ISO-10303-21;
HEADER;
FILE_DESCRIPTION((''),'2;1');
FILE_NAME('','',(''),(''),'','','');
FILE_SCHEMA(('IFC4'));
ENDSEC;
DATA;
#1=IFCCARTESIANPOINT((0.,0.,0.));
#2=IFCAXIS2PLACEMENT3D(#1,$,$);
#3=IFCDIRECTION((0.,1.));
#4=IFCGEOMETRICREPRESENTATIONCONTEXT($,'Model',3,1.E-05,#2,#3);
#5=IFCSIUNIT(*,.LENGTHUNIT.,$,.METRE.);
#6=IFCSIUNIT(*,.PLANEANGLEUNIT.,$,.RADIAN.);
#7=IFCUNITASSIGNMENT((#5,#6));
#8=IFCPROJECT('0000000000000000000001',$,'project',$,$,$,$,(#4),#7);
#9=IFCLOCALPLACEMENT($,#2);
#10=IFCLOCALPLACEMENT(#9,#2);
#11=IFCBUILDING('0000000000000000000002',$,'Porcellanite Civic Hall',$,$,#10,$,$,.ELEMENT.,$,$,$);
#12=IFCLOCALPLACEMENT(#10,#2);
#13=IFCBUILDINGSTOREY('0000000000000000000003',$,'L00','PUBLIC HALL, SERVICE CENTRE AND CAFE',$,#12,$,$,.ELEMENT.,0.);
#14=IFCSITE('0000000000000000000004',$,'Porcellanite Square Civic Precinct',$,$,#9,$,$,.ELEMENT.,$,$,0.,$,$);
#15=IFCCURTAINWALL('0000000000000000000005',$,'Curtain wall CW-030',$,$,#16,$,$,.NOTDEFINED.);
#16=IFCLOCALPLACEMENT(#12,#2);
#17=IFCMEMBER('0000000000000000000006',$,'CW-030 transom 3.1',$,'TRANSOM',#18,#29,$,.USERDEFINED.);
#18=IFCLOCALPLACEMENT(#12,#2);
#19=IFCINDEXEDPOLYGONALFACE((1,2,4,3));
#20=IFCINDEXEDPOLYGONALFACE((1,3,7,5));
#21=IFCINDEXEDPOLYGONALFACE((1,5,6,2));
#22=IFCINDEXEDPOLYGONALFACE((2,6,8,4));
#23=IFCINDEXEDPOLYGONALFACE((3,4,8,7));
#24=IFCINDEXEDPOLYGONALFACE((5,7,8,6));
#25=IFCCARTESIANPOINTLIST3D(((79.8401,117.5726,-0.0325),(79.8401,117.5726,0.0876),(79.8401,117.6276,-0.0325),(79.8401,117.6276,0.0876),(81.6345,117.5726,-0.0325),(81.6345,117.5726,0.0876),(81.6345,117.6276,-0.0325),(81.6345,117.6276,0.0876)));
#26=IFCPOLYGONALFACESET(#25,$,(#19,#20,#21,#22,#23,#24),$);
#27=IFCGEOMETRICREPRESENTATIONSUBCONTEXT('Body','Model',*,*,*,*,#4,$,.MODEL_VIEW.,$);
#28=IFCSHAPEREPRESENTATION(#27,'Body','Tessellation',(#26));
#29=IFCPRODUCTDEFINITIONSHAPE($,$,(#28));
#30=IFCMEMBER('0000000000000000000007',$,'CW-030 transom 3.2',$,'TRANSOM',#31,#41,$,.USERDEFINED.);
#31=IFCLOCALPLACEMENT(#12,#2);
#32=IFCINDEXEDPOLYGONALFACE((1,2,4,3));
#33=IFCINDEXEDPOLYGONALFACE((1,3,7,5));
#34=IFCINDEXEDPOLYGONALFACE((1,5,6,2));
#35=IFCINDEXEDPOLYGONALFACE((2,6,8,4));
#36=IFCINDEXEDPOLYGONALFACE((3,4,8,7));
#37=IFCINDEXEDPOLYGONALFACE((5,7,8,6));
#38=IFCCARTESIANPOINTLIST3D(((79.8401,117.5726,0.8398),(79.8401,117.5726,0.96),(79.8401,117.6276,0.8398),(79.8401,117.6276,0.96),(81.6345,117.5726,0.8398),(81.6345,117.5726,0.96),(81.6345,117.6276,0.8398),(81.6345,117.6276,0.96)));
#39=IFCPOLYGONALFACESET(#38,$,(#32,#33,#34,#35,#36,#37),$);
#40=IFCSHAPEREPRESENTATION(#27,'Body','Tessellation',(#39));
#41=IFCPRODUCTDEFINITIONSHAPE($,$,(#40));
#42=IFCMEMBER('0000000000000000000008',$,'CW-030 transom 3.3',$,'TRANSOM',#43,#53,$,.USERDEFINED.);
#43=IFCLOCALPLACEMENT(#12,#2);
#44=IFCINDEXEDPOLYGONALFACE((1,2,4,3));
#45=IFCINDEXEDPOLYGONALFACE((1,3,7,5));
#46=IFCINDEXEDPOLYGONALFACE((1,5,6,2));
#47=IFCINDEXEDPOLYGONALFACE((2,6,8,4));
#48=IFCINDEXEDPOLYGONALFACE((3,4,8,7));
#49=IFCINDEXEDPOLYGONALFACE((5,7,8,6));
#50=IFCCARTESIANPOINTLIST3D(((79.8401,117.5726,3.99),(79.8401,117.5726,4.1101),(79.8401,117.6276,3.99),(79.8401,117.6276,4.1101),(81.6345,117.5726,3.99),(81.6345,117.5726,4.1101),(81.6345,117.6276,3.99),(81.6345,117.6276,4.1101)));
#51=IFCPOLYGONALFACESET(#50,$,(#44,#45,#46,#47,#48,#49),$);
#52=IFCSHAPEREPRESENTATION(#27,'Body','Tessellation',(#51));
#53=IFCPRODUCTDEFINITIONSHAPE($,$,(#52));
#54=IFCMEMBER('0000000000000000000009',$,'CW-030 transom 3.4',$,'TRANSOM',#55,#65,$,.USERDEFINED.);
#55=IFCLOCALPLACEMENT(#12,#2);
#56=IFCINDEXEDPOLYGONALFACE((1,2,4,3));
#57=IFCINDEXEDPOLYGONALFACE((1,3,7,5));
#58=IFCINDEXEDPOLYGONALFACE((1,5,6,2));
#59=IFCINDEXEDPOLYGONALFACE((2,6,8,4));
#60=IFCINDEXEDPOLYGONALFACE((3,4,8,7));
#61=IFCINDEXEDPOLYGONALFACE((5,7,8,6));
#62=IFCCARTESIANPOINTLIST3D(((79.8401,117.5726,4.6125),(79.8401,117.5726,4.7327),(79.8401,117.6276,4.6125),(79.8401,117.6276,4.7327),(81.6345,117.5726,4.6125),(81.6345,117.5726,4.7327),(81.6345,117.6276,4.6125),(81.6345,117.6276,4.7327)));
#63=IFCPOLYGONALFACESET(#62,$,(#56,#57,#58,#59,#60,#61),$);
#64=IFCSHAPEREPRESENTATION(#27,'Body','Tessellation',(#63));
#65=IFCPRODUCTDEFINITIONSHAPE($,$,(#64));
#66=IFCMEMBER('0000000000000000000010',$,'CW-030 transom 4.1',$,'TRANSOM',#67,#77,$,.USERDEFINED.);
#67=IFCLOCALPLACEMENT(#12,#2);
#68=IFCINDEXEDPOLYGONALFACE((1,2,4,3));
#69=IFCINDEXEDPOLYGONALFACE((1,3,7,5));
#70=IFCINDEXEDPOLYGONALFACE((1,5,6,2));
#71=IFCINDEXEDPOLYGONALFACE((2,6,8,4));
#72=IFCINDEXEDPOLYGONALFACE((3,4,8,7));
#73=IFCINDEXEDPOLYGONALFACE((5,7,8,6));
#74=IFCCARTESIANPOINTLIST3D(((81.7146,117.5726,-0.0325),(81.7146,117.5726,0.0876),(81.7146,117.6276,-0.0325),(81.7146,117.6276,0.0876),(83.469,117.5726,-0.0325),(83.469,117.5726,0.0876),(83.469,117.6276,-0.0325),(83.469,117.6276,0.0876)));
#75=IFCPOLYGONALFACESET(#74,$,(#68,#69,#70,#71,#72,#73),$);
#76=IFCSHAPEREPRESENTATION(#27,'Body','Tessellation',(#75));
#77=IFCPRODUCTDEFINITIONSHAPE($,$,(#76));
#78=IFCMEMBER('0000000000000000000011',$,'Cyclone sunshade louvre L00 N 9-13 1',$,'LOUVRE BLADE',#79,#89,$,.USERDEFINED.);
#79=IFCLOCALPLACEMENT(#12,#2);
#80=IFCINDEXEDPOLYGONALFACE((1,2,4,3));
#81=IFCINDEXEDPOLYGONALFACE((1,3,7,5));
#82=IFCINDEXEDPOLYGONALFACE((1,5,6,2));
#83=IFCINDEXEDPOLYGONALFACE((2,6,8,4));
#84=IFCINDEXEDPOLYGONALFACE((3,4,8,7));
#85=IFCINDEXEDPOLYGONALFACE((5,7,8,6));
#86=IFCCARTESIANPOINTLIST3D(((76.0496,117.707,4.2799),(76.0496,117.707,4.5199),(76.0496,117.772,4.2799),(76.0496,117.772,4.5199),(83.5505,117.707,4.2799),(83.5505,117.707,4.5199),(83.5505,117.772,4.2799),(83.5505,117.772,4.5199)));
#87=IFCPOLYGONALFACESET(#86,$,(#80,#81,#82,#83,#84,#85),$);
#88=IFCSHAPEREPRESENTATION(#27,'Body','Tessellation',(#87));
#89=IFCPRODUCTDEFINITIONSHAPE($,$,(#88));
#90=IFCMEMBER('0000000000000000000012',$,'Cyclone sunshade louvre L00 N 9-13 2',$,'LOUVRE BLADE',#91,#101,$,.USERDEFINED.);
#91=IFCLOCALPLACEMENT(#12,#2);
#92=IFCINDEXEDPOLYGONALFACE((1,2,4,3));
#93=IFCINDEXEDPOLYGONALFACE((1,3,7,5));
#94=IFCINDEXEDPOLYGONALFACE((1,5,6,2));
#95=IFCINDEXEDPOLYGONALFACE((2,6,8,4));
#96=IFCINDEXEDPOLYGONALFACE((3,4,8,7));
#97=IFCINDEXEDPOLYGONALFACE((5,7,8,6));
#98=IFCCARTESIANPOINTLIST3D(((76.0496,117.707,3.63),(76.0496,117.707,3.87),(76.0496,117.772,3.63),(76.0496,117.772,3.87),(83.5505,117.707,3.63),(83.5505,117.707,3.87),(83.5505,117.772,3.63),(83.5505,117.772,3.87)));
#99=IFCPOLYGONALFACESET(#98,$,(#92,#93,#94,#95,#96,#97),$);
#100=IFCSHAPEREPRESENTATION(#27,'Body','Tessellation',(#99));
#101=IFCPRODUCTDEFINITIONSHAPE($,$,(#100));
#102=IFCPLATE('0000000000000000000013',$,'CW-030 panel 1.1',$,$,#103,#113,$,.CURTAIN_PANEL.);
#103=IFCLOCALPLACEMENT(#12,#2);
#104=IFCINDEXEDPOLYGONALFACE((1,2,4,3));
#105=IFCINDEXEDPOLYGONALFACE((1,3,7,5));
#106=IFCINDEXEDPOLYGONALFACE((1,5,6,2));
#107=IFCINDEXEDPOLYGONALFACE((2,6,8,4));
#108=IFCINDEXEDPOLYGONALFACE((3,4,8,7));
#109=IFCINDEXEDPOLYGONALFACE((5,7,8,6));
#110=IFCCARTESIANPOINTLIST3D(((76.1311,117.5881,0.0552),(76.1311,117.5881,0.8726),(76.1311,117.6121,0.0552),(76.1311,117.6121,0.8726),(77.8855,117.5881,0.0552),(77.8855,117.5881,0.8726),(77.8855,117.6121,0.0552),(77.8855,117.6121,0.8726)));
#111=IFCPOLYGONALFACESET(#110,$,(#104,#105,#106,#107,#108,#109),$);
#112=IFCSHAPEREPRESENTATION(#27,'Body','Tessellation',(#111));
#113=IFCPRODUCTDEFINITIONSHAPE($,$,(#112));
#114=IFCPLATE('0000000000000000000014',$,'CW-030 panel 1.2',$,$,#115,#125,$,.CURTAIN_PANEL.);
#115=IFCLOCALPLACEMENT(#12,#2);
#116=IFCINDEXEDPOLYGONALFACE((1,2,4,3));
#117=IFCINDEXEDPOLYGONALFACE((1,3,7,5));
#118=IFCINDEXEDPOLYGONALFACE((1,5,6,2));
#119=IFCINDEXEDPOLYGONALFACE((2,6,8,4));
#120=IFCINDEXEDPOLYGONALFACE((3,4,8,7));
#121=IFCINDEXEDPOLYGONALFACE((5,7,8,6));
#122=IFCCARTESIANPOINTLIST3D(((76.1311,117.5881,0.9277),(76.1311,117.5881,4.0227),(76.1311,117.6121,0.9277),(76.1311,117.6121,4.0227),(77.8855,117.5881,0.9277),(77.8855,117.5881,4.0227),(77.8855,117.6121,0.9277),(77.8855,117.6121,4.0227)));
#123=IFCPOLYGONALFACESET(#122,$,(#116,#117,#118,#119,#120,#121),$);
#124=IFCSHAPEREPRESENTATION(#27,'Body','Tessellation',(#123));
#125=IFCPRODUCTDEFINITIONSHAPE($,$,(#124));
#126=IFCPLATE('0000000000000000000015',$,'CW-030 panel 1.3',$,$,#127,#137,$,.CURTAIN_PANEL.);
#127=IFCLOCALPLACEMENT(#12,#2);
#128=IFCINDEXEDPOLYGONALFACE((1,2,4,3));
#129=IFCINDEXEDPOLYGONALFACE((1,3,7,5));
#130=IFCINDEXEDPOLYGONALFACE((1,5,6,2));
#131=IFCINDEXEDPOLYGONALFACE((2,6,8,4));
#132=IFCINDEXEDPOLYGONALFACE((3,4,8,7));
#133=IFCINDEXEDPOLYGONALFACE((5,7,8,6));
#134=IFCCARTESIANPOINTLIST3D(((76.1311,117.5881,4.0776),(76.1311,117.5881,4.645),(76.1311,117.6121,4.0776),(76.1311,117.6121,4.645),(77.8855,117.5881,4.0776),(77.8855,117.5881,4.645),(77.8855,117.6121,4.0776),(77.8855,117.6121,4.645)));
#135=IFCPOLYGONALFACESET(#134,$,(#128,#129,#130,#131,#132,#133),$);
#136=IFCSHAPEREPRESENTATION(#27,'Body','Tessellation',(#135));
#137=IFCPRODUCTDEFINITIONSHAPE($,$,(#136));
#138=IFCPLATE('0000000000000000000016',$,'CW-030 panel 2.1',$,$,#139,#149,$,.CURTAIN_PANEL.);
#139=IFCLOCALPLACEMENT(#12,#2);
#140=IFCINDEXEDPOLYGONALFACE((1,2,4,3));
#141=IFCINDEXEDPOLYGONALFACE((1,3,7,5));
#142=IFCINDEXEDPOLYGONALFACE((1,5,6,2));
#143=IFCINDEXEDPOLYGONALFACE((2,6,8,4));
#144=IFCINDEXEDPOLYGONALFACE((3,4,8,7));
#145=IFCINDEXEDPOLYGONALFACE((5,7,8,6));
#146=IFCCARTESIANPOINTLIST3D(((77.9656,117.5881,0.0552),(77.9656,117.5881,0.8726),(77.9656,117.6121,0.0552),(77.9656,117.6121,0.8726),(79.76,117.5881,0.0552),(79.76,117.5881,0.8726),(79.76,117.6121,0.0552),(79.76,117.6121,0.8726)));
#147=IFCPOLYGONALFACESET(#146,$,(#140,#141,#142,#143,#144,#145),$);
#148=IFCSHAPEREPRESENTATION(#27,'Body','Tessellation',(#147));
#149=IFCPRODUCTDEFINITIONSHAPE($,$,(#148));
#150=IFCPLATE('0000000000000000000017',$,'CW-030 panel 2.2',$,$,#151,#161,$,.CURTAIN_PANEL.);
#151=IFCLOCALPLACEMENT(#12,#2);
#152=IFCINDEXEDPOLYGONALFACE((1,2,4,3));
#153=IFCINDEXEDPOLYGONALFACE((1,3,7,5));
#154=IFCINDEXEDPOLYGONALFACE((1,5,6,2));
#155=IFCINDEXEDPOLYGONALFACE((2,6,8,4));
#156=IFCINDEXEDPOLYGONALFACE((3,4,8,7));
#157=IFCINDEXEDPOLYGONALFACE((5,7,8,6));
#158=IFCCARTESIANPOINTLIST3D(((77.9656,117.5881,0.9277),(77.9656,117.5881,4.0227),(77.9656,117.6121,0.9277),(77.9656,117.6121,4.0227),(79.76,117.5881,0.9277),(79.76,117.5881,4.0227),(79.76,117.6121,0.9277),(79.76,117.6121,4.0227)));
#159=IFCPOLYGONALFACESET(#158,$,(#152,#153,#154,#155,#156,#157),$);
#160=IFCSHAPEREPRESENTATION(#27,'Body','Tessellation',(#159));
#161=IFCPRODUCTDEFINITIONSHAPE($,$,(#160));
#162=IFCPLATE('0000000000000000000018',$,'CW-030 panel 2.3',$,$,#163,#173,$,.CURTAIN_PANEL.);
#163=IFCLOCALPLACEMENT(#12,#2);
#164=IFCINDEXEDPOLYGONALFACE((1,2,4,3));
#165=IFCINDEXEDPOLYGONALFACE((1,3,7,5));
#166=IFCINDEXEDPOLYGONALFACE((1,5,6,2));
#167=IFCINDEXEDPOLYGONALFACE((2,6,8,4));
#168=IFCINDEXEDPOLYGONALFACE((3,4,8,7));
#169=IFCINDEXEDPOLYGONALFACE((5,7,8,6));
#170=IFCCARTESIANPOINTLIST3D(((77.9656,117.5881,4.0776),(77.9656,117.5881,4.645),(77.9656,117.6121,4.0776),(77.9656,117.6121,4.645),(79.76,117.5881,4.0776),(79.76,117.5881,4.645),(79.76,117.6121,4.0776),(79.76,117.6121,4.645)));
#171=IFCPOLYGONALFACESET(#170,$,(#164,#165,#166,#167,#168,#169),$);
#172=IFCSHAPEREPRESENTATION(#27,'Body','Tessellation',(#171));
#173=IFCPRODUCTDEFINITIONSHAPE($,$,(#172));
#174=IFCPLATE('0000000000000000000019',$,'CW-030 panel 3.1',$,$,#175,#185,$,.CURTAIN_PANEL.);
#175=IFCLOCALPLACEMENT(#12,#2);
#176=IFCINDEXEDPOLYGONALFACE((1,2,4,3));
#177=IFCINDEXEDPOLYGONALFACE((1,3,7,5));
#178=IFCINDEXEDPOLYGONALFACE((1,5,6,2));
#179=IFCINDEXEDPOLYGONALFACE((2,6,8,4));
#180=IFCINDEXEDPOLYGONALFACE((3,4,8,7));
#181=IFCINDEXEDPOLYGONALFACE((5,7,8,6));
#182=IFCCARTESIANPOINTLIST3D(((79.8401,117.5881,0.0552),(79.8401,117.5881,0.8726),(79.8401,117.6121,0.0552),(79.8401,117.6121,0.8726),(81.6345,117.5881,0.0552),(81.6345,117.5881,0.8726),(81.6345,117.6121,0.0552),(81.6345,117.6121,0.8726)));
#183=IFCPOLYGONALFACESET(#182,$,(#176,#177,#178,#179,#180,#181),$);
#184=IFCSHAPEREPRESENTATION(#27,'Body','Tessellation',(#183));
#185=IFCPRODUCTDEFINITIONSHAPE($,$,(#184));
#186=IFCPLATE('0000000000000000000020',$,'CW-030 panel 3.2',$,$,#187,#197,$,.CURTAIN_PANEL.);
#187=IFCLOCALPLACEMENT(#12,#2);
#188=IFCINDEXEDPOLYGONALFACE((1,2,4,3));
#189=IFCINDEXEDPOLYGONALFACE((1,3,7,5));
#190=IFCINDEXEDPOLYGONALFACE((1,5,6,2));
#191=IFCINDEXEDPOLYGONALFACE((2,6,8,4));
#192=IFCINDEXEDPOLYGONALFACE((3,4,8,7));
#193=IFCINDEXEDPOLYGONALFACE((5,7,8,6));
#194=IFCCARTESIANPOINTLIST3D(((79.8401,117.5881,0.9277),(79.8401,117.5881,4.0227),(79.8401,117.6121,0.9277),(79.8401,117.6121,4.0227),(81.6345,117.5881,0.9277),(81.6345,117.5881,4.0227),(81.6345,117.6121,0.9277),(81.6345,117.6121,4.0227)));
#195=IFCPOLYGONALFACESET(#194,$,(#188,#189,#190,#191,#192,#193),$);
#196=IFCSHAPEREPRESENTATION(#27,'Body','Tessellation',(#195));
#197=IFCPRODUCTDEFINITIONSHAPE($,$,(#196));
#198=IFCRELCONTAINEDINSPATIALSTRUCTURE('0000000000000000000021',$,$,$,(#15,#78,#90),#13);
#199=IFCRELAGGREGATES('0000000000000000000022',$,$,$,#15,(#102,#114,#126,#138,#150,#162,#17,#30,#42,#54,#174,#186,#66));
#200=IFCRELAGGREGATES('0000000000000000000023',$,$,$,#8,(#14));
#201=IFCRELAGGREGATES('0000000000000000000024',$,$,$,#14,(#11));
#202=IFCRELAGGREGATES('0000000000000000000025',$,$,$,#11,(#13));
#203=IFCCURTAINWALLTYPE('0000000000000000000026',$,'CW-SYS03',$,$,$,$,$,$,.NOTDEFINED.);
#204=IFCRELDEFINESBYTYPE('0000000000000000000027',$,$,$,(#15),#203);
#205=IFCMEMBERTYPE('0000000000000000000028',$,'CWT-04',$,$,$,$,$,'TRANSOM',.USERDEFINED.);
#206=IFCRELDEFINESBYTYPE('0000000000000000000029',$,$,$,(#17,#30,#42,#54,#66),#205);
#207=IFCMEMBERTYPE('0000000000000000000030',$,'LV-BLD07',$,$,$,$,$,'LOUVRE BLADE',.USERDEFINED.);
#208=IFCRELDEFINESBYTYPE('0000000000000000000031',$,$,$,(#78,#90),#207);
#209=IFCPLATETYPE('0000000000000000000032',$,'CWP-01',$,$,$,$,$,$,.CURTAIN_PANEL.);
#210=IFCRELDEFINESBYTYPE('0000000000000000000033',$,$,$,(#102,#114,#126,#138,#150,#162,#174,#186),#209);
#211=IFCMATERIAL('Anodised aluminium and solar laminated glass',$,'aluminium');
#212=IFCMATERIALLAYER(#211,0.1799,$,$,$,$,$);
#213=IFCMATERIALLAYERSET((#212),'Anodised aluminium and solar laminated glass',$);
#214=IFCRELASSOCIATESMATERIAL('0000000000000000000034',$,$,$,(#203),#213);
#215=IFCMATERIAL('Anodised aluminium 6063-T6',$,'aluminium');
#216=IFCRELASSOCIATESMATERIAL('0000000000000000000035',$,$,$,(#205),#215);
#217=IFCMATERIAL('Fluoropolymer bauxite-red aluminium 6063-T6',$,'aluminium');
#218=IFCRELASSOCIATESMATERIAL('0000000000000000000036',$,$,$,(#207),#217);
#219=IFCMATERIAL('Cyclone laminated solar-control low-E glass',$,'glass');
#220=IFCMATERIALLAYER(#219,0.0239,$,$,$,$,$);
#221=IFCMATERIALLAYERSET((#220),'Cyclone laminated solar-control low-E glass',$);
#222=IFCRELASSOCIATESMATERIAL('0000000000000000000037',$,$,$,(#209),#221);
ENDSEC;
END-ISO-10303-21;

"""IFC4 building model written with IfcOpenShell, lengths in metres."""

from ifc_helpers import new_model, si_unit, direction, frame, origin, origin_2d, place, context, subcontext, project, spatial, rectangle, extrude, material, layer, layer_set, material_profile, profile_set, type_object, element, aggregate, save


model = new_model("IFC4")

# Units and contexts
model_context = context("Model", 3, precision=1e-05, world=origin(), true_north=direction((0.0, 1.0)))
body_context = subcontext(model_context, "Body", "Model", "MODEL_VIEW")
ifc_project = project(units=[si_unit("LENGTHUNIT", "METRE"), si_unit("PLANEANGLEUNIT", "RADIAN")], contexts=[model_context])

# Site, building, storey
site_placement = place(None, origin())
site = spatial("IfcSite", under=ifc_project, at=site_placement, Name="Porcellanite Square Civic Precinct", CompositionType="ELEMENT", RefElevation=0.0)
building_placement = place(site_placement, origin())
building = spatial("IfcBuilding", under=site, at=building_placement, Name="Porcellanite Civic Hall", CompositionType="ELEMENT")
storey_placement = place(building_placement, origin())
storey = spatial("IfcBuildingStorey", under=building, at=storey_placement, Name="L00", Description="PUBLIC HALL, SERVICE CENTRE AND CAFE", CompositionType="ELEMENT", Elevation=0.0)

# Curtain wall, members
ifc_material_1 = material(Name="Anodised aluminium and solar laminated glass", Category="aluminium")
ifc_layer_1 = layer(ifc_material_1, 0.1799)
ifc_layer_set_1 = layer_set([ifc_layer_1], Name="Anodised aluminium and solar laminated glass")
curtain_wall_type = type_object("IfcCurtainWallType", Name="CW-SYS03", PredefinedType="NOTDEFINED", material=ifc_layer_set_1)
curtain_wall_placement = place(storey_placement, origin())
curtain_wall = element("IfcCurtainWall", 1, at=curtain_wall_placement, inside=storey, type_object=curtain_wall_type, Name="Curtain wall CW-030", PredefinedType="NOTDEFINED")
ifc_material_2 = material(Name="Anodised aluminium 6063-T6", Category="aluminium")
ifc_material_profile_1 = material_profile(ifc_material_2, rectangle(XDim=0.0549, YDim=0.1201, at=origin_2d()), Name="AL-55x120")
ifc_profile_set_1 = profile_set([ifc_material_profile_1], Name="Anodised aluminium 6063-T6")
member_type_1 = type_object("IfcMemberType", Name="CWT-04", ElementType="TRANSOM", PredefinedType="USERDEFINED", material=ifc_profile_set_1)
member_1_placement = place(storey_placement, frame((79.8401, 117.6001, 0.0276), z_axis=(1.0, 0.0, 0.0), x_axis=(0.0, 1.0, 0.0)))
member_1 = element("IfcMember", 2, at=member_1_placement, type_object=member_type_1, Name="CW-030 transom 3.1", ObjectType="TRANSOM", PredefinedType="USERDEFINED", context=body_context, shape_type="SweptSolid", body=[
    extrude(rectangle(XDim=0.0549, YDim=0.1201, at=origin_2d()), origin(), (0.0, 0.0, 1.0), 1.7944),
])
member_2_placement = place(storey_placement, frame((79.8401, 117.6001, 0.8999), z_axis=(1.0, 0.0, 0.0), x_axis=(0.0, 1.0, 0.0)))
member_2 = element("IfcMember", 3, at=member_2_placement, type_object=member_type_1, Name="CW-030 transom 3.2", ObjectType="TRANSOM", PredefinedType="USERDEFINED", context=body_context, shape_type="SweptSolid", body=[
    extrude(rectangle(XDim=0.0549, YDim=0.1201, at=origin_2d()), origin(), (0.0, 0.0, 1.0), 1.7944),
])
member_3_placement = place(storey_placement, frame((79.8401, 117.6001, 4.05), z_axis=(1.0, 0.0, 0.0), x_axis=(0.0, 1.0, 0.0)))
member_3 = element("IfcMember", 4, at=member_3_placement, type_object=member_type_1, Name="CW-030 transom 3.3", ObjectType="TRANSOM", PredefinedType="USERDEFINED", context=body_context, shape_type="SweptSolid", body=[
    extrude(rectangle(XDim=0.0549, YDim=0.1201, at=origin_2d()), origin(), (0.0, 0.0, 1.0), 1.7944),
])
member_4_placement = place(storey_placement, frame((79.8401, 117.6001, 4.6726), z_axis=(1.0, 0.0, 0.0), x_axis=(0.0, 1.0, 0.0)))
member_4 = element("IfcMember", 5, at=member_4_placement, type_object=member_type_1, Name="CW-030 transom 3.4", ObjectType="TRANSOM", PredefinedType="USERDEFINED", context=body_context, shape_type="SweptSolid", body=[
    extrude(rectangle(XDim=0.0549, YDim=0.1201, at=origin_2d()), origin(), (0.0, 0.0, 1.0), 1.7944),
])
member_5_placement = place(storey_placement, frame((81.7146, 117.6001, 0.0276), z_axis=(1.0, 0.0, 0.0), x_axis=(0.0, 1.0, 0.0)))
member_5 = element("IfcMember", 6, at=member_5_placement, type_object=member_type_1, Name="CW-030 transom 4.1", ObjectType="TRANSOM", PredefinedType="USERDEFINED", context=body_context, shape_type="SweptSolid", body=[
    extrude(rectangle(XDim=0.0549, YDim=0.1201, at=origin_2d()), origin(), (0.0, 0.0, 1.0), 1.7544),
])

# Members
ifc_material_3 = material(Name="Fluoropolymer bauxite-red aluminium 6063-T6", Category="aluminium")
ifc_material_profile_2 = material_profile(ifc_material_3, rectangle(XDim=0.0649, YDim=0.24, at=origin_2d()), Name="AL-65x240")
ifc_profile_set_2 = profile_set([ifc_material_profile_2], Name="Fluoropolymer bauxite-red aluminium 6063-T6")
member_type_2 = type_object("IfcMemberType", Name="LV-BLD07", ElementType="LOUVRE BLADE", PredefinedType="USERDEFINED", material=ifc_profile_set_2)
for number, where, z_axis, x_axis, name in (
    (7, (76.0496, 117.7395, 4.3999), (1.0, 0.0, 0.0), (0.0, 1.0, 0.0), "Cyclone sunshade louvre L00 N 9-13 1"),
    (8, (76.0496, 117.7395, 3.75), (1.0, 0.0, 0.0), (0.0, 1.0, 0.0), "Cyclone sunshade louvre L00 N 9-13 2"),
):
    element("IfcMember", number, at=place(storey_placement, frame(where, z_axis=z_axis, x_axis=x_axis)), inside=storey, type_object=member_type_2, Name=name, ObjectType="LOUVRE BLADE", PredefinedType="USERDEFINED", context=body_context, shape_type="SweptSolid", body=[
        extrude(rectangle(XDim=0.0649, YDim=0.24, at=origin_2d()), origin(), (0.0, 0.0, 1.0), 7.501),
    ])

# Plates
ifc_material_4 = material(Name="Cyclone laminated solar-control low-E glass", Category="glass")
ifc_layer_2 = layer(ifc_material_4, 0.0239)
ifc_layer_set_2 = layer_set([ifc_layer_2], Name="Cyclone laminated solar-control low-E glass")
plate_type = type_object("IfcPlateType", Name="CWP-01", PredefinedType="CURTAIN_PANEL", material=ifc_layer_set_2)
plate_1_placement = place(storey_placement, frame((77.0083, 117.6001, 0.0552), z_axis=(0.0, 0.0, 1.0), x_axis=(1.0, 0.0, 0.0)))
plate_1 = element("IfcPlate", 9, at=plate_1_placement, type_object=plate_type, Name="CW-030 panel 1.1", PredefinedType="CURTAIN_PANEL", context=body_context, shape_type="SweptSolid", body=[
    extrude(rectangle(XDim=1.7544, YDim=0.0239, at=origin_2d()), origin(), (0.0, 0.0, 1.0), 0.8174),
])
plate_2_placement = place(storey_placement, frame((77.0083, 117.6001, 0.9277), z_axis=(0.0, 0.0, 1.0), x_axis=(1.0, 0.0, 0.0)))
plate_2 = element("IfcPlate", 10, at=plate_2_placement, type_object=plate_type, Name="CW-030 panel 1.2", PredefinedType="CURTAIN_PANEL", context=body_context, shape_type="SweptSolid", body=[
    extrude(rectangle(XDim=1.7544, YDim=0.0239, at=origin_2d()), origin(), (0.0, 0.0, 1.0), 3.095),
])
plate_3_placement = place(storey_placement, frame((77.0083, 117.6001, 4.0776), z_axis=(0.0, 0.0, 1.0), x_axis=(1.0, 0.0, 0.0)))
plate_3 = element("IfcPlate", 11, at=plate_3_placement, type_object=plate_type, Name="CW-030 panel 1.3", PredefinedType="CURTAIN_PANEL", context=body_context, shape_type="SweptSolid", body=[
    extrude(rectangle(XDim=1.7544, YDim=0.0239, at=origin_2d()), origin(), (0.0, 0.0, 1.0), 0.5674),
])
plate_4_placement = place(storey_placement, frame((78.8628, 117.6001, 0.0552), z_axis=(0.0, 0.0, 1.0), x_axis=(1.0, 0.0, 0.0)))
plate_4 = element("IfcPlate", 12, at=plate_4_placement, type_object=plate_type, Name="CW-030 panel 2.1", PredefinedType="CURTAIN_PANEL", context=body_context, shape_type="SweptSolid", body=[
    extrude(rectangle(XDim=1.7944, YDim=0.0239, at=origin_2d()), origin(), (0.0, 0.0, 1.0), 0.8174),
])
plate_5_placement = place(storey_placement, frame((78.8628, 117.6001, 0.9277), z_axis=(0.0, 0.0, 1.0), x_axis=(1.0, 0.0, 0.0)))
plate_5 = element("IfcPlate", 13, at=plate_5_placement, type_object=plate_type, Name="CW-030 panel 2.2", PredefinedType="CURTAIN_PANEL", context=body_context, shape_type="SweptSolid", body=[
    extrude(rectangle(XDim=1.7944, YDim=0.0239, at=origin_2d()), origin(), (0.0, 0.0, 1.0), 3.095),
])
plate_6_placement = place(storey_placement, frame((78.8628, 117.6001, 4.0776), z_axis=(0.0, 0.0, 1.0), x_axis=(1.0, 0.0, 0.0)))
plate_6 = element("IfcPlate", 14, at=plate_6_placement, type_object=plate_type, Name="CW-030 panel 2.3", PredefinedType="CURTAIN_PANEL", context=body_context, shape_type="SweptSolid", body=[
    extrude(rectangle(XDim=1.7944, YDim=0.0239, at=origin_2d()), origin(), (0.0, 0.0, 1.0), 0.5674),
])
plate_7_placement = place(storey_placement, frame((80.7373, 117.6001, 0.0552), z_axis=(0.0, 0.0, 1.0), x_axis=(1.0, 0.0, 0.0)))
plate_7 = element("IfcPlate", 15, at=plate_7_placement, type_object=plate_type, Name="CW-030 panel 3.1", PredefinedType="CURTAIN_PANEL", context=body_context, shape_type="SweptSolid", body=[
    extrude(rectangle(XDim=1.7944, YDim=0.0239, at=origin_2d()), origin(), (0.0, 0.0, 1.0), 0.8174),
])
plate_8_placement = place(storey_placement, frame((80.7373, 117.6001, 0.9277), z_axis=(0.0, 0.0, 1.0), x_axis=(1.0, 0.0, 0.0)))
plate_8 = element("IfcPlate", 16, at=plate_8_placement, type_object=plate_type, Name="CW-030 panel 3.2", PredefinedType="CURTAIN_PANEL", context=body_context, shape_type="SweptSolid", body=[
    extrude(rectangle(XDim=1.7944, YDim=0.0239, at=origin_2d()), origin(), (0.0, 0.0, 1.0), 3.095),
])
aggregate(curtain_wall, [plate_1, plate_2, plate_3, plate_4, plate_5, plate_6, member_1, member_2, member_3, member_4, plate_7, plate_8, member_5])

save(model, "model.ifc")
